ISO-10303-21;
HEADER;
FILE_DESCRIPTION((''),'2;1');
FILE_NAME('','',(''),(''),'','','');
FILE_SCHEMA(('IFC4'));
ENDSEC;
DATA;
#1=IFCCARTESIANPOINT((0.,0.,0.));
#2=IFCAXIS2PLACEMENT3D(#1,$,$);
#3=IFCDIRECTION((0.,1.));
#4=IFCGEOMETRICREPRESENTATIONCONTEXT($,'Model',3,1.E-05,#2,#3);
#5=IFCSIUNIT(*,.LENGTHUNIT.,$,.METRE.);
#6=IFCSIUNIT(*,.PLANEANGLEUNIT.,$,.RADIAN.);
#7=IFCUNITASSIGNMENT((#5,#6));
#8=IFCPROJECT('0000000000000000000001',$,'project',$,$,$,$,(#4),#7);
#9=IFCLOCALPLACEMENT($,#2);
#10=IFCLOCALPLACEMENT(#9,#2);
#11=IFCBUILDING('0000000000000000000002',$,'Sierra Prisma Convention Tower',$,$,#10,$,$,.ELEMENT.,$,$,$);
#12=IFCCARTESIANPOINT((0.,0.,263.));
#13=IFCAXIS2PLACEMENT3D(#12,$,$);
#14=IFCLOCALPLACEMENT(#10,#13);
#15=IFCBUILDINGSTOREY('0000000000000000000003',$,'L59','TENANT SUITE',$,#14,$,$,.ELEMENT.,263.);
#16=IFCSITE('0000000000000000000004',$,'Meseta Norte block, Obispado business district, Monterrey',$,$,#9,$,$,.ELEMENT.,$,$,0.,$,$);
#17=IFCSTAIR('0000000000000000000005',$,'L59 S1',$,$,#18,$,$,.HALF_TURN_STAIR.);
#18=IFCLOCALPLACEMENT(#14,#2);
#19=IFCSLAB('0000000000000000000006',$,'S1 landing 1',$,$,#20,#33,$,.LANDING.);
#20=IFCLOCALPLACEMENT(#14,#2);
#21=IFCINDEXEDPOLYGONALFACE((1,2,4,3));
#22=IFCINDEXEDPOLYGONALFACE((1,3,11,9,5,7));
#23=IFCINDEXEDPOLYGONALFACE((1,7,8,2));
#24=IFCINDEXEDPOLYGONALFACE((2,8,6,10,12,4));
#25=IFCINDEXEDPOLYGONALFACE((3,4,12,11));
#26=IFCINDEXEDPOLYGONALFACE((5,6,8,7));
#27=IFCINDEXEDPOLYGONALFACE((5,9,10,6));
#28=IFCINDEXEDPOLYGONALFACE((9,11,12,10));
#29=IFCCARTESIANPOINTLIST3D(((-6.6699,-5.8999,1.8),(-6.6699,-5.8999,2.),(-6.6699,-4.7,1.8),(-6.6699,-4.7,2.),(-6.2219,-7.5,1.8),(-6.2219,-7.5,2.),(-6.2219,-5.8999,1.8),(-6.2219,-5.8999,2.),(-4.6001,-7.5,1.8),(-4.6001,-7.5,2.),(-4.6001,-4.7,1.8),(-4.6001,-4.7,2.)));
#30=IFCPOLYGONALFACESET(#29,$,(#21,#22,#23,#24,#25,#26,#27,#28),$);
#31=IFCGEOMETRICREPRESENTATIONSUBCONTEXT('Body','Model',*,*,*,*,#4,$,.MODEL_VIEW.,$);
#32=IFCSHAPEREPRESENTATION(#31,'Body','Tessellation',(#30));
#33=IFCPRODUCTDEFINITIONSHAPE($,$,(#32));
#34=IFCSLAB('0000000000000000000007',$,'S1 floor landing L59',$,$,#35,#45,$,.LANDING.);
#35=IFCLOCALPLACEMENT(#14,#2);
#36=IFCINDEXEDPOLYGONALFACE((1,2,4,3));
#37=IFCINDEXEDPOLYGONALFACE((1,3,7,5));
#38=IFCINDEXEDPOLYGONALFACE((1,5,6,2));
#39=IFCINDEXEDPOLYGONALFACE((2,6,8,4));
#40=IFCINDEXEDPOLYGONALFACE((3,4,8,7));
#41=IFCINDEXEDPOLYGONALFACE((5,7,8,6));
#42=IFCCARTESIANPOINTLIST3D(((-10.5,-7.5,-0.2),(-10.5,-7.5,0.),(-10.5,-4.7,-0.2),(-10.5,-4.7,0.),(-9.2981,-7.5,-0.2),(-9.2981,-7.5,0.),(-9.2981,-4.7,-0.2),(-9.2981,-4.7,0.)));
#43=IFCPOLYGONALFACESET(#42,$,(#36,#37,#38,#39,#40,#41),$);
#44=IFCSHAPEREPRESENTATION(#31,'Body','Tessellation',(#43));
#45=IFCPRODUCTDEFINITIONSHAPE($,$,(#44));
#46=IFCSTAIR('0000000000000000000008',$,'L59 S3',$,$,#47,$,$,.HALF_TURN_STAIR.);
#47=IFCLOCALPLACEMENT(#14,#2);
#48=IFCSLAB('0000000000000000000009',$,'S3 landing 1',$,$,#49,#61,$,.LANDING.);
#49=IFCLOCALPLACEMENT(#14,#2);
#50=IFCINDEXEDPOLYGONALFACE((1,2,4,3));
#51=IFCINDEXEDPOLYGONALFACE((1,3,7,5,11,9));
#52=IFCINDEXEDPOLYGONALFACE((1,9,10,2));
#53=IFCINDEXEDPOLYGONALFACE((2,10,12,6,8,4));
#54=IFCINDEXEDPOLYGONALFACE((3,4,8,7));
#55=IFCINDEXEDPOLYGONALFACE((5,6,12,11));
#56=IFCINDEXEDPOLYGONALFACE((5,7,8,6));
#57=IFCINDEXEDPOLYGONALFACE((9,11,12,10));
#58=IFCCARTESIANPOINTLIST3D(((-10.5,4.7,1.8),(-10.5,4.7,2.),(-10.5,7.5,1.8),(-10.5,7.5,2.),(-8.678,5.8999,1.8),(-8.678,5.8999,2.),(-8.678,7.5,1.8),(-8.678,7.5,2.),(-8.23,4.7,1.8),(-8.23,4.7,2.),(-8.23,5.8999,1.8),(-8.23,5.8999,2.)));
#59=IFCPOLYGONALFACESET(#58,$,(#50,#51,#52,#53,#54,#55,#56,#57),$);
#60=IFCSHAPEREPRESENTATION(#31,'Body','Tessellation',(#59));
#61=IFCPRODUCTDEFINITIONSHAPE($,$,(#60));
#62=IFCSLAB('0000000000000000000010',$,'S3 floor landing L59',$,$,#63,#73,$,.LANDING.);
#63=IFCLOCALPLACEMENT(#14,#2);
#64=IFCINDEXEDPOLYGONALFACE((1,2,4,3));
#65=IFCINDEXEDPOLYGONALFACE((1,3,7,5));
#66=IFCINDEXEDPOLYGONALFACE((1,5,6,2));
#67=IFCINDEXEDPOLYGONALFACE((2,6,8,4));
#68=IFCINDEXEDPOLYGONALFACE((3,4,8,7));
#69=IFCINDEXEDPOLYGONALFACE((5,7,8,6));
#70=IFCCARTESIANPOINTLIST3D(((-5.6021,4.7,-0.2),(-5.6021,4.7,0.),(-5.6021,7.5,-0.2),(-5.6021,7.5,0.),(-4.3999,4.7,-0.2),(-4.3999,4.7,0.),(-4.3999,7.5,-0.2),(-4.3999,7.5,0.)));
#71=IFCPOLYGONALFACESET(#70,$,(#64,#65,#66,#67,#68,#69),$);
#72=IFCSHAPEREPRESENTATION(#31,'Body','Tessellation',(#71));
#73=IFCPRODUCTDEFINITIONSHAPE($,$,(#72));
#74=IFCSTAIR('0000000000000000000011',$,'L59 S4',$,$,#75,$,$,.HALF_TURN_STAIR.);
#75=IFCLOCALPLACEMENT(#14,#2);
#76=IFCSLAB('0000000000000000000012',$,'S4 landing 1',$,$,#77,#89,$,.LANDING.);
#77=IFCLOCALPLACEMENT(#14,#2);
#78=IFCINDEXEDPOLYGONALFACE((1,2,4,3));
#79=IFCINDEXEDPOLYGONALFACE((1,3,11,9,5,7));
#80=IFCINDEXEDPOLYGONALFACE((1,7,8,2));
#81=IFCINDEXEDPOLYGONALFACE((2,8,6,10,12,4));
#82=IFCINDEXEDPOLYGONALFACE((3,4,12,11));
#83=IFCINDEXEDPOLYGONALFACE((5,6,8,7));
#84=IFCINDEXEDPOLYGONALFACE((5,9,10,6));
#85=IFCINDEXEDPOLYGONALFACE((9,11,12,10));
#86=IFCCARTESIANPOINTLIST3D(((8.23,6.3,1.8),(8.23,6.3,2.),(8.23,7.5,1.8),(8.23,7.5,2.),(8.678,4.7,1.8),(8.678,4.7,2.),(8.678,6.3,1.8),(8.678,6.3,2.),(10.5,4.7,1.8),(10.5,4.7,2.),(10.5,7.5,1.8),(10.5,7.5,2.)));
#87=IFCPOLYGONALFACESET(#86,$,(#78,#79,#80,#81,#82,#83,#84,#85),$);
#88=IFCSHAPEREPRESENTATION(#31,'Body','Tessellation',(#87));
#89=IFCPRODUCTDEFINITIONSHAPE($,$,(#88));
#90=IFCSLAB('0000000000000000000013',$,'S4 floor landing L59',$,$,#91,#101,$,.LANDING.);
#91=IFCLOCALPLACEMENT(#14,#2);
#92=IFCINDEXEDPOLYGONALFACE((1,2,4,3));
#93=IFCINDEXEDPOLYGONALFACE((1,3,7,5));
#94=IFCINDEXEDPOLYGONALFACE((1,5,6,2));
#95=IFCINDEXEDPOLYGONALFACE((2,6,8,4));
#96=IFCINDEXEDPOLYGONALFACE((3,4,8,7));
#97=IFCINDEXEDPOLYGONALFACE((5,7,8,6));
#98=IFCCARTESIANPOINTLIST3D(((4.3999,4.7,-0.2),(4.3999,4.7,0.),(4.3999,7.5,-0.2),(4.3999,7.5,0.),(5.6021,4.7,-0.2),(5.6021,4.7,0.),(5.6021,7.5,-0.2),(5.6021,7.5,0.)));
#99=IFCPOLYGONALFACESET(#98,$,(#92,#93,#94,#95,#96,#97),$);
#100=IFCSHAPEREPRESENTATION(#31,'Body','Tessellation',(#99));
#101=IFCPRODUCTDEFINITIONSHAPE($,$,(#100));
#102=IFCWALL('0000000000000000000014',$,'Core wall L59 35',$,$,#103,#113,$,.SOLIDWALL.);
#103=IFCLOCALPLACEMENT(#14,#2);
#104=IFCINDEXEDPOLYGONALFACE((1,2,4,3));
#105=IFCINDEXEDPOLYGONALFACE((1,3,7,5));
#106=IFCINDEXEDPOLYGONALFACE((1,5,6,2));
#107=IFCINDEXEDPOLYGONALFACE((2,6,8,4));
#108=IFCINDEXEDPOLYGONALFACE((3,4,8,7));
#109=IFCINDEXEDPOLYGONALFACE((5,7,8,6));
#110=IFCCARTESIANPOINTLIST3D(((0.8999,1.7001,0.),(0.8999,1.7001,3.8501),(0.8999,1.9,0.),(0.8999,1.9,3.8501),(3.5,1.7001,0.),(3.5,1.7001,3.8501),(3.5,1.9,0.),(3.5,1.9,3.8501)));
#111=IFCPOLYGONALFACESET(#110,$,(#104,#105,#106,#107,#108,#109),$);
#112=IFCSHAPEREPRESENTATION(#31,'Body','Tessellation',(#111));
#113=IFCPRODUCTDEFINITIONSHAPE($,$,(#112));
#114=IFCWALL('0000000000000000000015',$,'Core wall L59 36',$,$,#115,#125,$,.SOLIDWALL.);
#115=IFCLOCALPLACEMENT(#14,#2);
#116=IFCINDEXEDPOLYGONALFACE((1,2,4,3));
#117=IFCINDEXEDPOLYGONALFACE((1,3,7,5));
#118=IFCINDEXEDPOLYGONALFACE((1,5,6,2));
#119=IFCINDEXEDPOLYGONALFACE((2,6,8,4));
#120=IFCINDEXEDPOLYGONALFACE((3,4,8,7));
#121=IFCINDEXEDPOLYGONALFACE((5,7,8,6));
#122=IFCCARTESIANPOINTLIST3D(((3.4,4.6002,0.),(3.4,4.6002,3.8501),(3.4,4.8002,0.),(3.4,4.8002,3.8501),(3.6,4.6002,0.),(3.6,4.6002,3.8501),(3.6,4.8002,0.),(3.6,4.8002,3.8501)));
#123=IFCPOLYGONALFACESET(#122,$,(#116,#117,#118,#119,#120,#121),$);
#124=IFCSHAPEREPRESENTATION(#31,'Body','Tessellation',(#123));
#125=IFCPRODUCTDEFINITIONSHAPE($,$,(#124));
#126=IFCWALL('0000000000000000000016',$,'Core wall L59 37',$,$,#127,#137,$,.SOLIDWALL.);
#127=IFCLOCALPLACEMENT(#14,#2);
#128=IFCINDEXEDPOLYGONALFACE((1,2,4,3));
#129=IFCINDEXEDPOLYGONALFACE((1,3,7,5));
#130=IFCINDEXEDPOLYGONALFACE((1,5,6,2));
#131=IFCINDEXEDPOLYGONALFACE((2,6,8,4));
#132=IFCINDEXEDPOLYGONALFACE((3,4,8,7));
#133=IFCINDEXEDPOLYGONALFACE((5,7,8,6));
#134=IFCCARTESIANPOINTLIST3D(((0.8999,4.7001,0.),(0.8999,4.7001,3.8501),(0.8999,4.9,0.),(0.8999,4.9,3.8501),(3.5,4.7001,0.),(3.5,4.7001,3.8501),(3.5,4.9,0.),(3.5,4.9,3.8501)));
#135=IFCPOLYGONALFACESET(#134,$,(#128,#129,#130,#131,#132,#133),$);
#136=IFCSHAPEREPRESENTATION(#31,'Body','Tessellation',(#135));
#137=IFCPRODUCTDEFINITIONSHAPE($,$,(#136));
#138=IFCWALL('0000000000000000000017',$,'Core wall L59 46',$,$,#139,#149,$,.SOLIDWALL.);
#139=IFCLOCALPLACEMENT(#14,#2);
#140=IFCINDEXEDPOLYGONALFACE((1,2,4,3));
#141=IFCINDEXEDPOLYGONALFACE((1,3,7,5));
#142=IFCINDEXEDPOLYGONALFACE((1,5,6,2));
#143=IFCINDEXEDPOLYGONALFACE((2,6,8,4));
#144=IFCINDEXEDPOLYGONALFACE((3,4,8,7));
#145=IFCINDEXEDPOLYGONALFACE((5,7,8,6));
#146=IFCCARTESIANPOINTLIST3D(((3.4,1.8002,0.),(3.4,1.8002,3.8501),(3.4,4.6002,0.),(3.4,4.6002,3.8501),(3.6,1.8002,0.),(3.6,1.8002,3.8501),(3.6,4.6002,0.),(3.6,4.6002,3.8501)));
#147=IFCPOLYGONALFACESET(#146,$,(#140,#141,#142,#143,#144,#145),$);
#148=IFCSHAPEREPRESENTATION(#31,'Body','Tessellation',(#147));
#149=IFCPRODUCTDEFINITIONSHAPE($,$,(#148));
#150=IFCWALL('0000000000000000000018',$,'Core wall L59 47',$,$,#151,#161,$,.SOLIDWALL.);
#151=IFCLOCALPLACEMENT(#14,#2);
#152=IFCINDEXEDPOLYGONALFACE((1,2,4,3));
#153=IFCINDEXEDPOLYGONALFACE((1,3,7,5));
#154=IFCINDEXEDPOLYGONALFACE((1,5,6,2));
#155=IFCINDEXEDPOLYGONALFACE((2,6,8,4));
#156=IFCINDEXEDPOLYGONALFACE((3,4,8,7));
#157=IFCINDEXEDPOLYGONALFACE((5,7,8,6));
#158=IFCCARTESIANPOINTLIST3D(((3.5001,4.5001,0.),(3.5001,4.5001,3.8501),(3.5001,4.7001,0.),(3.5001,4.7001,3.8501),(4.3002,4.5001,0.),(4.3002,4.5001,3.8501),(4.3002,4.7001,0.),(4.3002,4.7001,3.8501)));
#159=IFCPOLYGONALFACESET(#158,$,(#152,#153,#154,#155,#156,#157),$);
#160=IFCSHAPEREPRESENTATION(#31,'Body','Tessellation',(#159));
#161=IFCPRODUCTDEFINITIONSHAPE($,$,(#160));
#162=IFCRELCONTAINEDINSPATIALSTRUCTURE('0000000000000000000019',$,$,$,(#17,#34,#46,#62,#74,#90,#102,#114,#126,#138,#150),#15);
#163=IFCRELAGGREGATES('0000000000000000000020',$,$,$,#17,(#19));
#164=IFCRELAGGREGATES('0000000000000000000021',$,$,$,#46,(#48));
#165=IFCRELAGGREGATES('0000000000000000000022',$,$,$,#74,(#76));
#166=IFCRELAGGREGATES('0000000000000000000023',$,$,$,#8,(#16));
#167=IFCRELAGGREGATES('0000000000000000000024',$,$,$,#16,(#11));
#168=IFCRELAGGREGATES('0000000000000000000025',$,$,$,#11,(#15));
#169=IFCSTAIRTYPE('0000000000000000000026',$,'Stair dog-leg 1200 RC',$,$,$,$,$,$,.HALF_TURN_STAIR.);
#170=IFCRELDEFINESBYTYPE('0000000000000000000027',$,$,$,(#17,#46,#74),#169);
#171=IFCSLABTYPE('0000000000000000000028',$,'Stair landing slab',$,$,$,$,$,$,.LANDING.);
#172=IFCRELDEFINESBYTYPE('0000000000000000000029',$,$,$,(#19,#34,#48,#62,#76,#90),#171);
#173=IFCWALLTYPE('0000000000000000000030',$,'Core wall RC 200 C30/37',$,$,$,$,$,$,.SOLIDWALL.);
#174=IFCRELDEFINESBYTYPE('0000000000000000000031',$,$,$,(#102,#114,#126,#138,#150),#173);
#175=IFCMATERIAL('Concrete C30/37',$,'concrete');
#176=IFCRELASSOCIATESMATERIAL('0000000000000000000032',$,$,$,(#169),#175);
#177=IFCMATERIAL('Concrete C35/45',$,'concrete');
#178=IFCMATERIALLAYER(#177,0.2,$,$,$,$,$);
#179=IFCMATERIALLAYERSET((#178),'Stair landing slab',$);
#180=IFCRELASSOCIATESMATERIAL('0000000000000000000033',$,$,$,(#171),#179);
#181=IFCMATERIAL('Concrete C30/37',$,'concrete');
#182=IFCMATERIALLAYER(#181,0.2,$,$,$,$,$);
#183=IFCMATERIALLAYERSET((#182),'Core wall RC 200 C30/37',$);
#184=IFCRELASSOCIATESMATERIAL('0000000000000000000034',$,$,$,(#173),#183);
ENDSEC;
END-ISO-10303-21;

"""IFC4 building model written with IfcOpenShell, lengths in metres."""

from ifc_helpers import new_model, si_unit, direction, frame, frame_2d, origin, place, context, subcontext, project, spatial, polyline, rectangle, outline, extrude, material, layer, layer_set, type_object, element, aggregate, save


model = new_model("IFC4")

# Units and contexts
model_context = context("Model", 3, precision=1e-05, world=origin(), true_north=direction((0.0, 1.0)))
body_context = subcontext(model_context, "Body", "Model", "MODEL_VIEW")
ifc_project = project(units=[si_unit("LENGTHUNIT", "METRE"), si_unit("PLANEANGLEUNIT", "RADIAN")], contexts=[model_context])

# Site, building, storey
site_placement = place(None, origin())
site = spatial("IfcSite", under=ifc_project, at=site_placement, Name="Meseta Norte block, Obispado business district, Monterrey", CompositionType="ELEMENT", RefElevation=0.0)
building_placement = place(site_placement, origin())
building = spatial("IfcBuilding", under=site, at=building_placement, Name="Sierra Prisma Convention Tower", CompositionType="ELEMENT")
storey_placement = place(building_placement, frame((0.0, 0.0, 263.0)))
storey = spatial("IfcBuildingStorey", under=building, at=storey_placement, Name="L59", Description="TENANT SUITE", CompositionType="ELEMENT", Elevation=263.0)

# Stair, slab
ifc_material_1 = material(Name="Concrete C30/37", Category="concrete")
stair_type = type_object("IfcStairType", Name="Stair dog-leg 1200 RC", PredefinedType="HALF_TURN_STAIR", material=ifc_material_1)
stair_1_placement = place(storey_placement, origin())
stair_1 = element("IfcStair", 1, at=stair_1_placement, inside=storey, type_object=stair_type, Name="L59 S1", PredefinedType="HALF_TURN_STAIR")
ifc_material_2 = material(Name="Concrete C35/45", Category="concrete")
ifc_layer_1 = layer(ifc_material_2, 0.2)
ifc_layer_set_1 = layer_set([ifc_layer_1], Name="Stair landing slab")
slab_type = type_object("IfcSlabType", Name="Stair landing slab", PredefinedType="LANDING", material=ifc_layer_set_1)
slab_1_placement = place(storey_placement, frame((0.0, 0.0, 1.8)))
slab_1 = element("IfcSlab", 2, at=slab_1_placement, type_object=slab_type, Name="S1 landing 1", PredefinedType="LANDING", context=body_context, shape_type="SweptSolid", body=[
    extrude(outline(polyline([(-4.6001, -4.7), (-4.6001, -7.5), (-6.2219, -7.5), (-6.2219, -5.8999), (-6.6699, -5.8999), (-6.6699, -4.7), (-4.6001, -4.7)])), origin(), (0.0, 0.0, 1.0), 0.2),
])
aggregate(stair_1, [slab_1])

# Slab
slab_2_placement = place(storey_placement, frame((0.0, 0.0, -0.2)))
element("IfcSlab", 3, at=slab_2_placement, inside=storey, type_object=slab_type, Name="S1 floor landing L59", PredefinedType="LANDING", context=body_context, shape_type="SweptSolid", body=[
    extrude(outline(polyline([(-10.5, -7.5), (-9.2981, -7.5), (-9.2981, -4.7), (-10.5, -4.7), (-10.5, -7.5)])), origin(), (0.0, 0.0, 1.0), 0.2),
])

# Stair, slab
stair_2_placement = place(storey_placement, origin())
stair_2 = element("IfcStair", 4, at=stair_2_placement, inside=storey, type_object=stair_type, Name="L59 S3", PredefinedType="HALF_TURN_STAIR")
slab_3_placement = place(storey_placement, frame((0.0, 0.0, 1.8)))
slab_3 = element("IfcSlab", 5, at=slab_3_placement, type_object=slab_type, Name="S3 landing 1", PredefinedType="LANDING", context=body_context, shape_type="SweptSolid", body=[
    extrude(outline(polyline([(-8.23, 5.8999), (-8.23, 4.7), (-10.5, 4.7), (-10.5, 7.5), (-8.678, 7.5), (-8.678, 5.8999), (-8.23, 5.8999)])), origin(), (0.0, 0.0, 1.0), 0.2),
])
aggregate(stair_2, [slab_3])

# Slab
slab_4_placement = place(storey_placement, frame((0.0, 0.0, -0.2)))
element("IfcSlab", 6, at=slab_4_placement, inside=storey, type_object=slab_type, Name="S3 floor landing L59", PredefinedType="LANDING", context=body_context, shape_type="SweptSolid", body=[
    extrude(outline(polyline([(-4.3999, 7.5), (-5.6021, 7.5), (-5.6021, 4.7), (-4.3999, 4.7), (-4.3999, 7.5)])), origin(), (0.0, 0.0, 1.0), 0.2),
])

# Stair, slab
stair_3_placement = place(storey_placement, origin())
stair_3 = element("IfcStair", 7, at=stair_3_placement, inside=storey, type_object=stair_type, Name="L59 S4", PredefinedType="HALF_TURN_STAIR")
slab_5_placement = place(storey_placement, frame((0.0, 0.0, 1.8)))
slab_5 = element("IfcSlab", 8, at=slab_5_placement, type_object=slab_type, Name="S4 landing 1", PredefinedType="LANDING", context=body_context, shape_type="SweptSolid", body=[
    extrude(outline(polyline([(10.5, 7.5), (10.5, 4.7), (8.678, 4.7), (8.678, 6.3), (8.23, 6.3), (8.23, 7.5), (10.5, 7.5)])), origin(), (0.0, 0.0, 1.0), 0.2),
])

# Slab
slab_6_placement = place(storey_placement, frame((0.0, 0.0, -0.2)))
element("IfcSlab", 9, at=slab_6_placement, inside=storey, type_object=slab_type, Name="S4 floor landing L59", PredefinedType="LANDING", context=body_context, shape_type="SweptSolid", body=[
    extrude(outline(polyline([(4.3999, 4.7), (5.6021, 4.7), (5.6021, 7.5), (4.3999, 7.5), (4.3999, 4.7)])), origin(), (0.0, 0.0, 1.0), 0.2),
])

# Shared definitions
ifc_material_3 = material(Name="Concrete C30/37", Category="concrete")
ifc_layer_2 = layer(ifc_material_3, 0.2)
ifc_layer_set_2 = layer_set([ifc_layer_2], Name="Core wall RC 200 C30/37")
wall_type_1 = type_object("IfcWallType", Name="Core wall RC 200 C30/37", PredefinedType="SOLIDWALL", material=ifc_layer_set_2)

# Walls
wall_1_placement = place(storey_placement, frame((3.5, 1.8, 0.0), z_axis=(0.0, 0.0, 1.0), x_axis=(-1.0, 0.0, 0.0)))
element("IfcWall", 10, at=wall_1_placement, inside=storey, type_object=wall_type_1, Name="Core wall L59 35", PredefinedType="SOLIDWALL", context=body_context, shape_type="SweptSolid", body=[
    extrude(rectangle(XDim=2.6001, YDim=0.2, at=frame_2d((1.3, 0.0))), origin(), (0.0, 0.0, 1.0), 3.8501),
])
wall_2_placement = place(storey_placement, frame((3.5, 4.6001, 0.0), z_axis=(0.0, 0.0, 1.0), x_axis=(0.0, 1.0, 0.0)))
element("IfcWall", 11, at=wall_2_placement, inside=storey, type_object=wall_type_1, Name="Core wall L59 36", PredefinedType="SOLIDWALL", context=body_context, shape_type="SweptSolid", body=[
    extrude(rectangle(XDim=0.2, YDim=0.2, at=frame_2d((0.1001, 0.0))), origin(), (0.0, 0.0, 1.0), 3.8501),
])
wall_3_placement = place(storey_placement, frame((3.5, 4.8, 0.0), z_axis=(0.0, 0.0, 1.0), x_axis=(-1.0, 0.0, 0.0)))
element("IfcWall", 12, at=wall_3_placement, inside=storey, type_object=wall_type_1, Name="Core wall L59 37", PredefinedType="SOLIDWALL", context=body_context, shape_type="SweptSolid", body=[
    extrude(rectangle(XDim=2.6001, YDim=0.2, at=frame_2d((1.3, 0.0))), origin(), (0.0, 0.0, 1.0), 3.8501),
])

# Walls
wall_4_placement = place(storey_placement, frame((3.5, 4.6001, 0.0), z_axis=(0.0, 0.0, 1.0), x_axis=(0.0, -1.0, 0.0)))
element("IfcWall", 13, at=wall_4_placement, inside=storey, type_object=wall_type_1, Name="Core wall L59 46", PredefinedType="SOLIDWALL", context=body_context, shape_type="SweptSolid", body=[
    extrude(rectangle(XDim=2.8, YDim=0.2, at=frame_2d((1.3999, 0.0))), origin(), (0.0, 0.0, 1.0), 3.8501),
])
wall_5_placement = place(storey_placement, frame((4.3, 4.6001, 0.0), z_axis=(0.0, 0.0, 1.0), x_axis=(-1.0, 0.0, 0.0)))
element("IfcWall", 14, at=wall_5_placement, inside=storey, type_object=wall_type_1, Name="Core wall L59 47", PredefinedType="SOLIDWALL", context=body_context, shape_type="SweptSolid", body=[
    extrude(rectangle(XDim=0.8, YDim=0.2, at=frame_2d((0.3999, 0.0))), origin(), (0.0, 0.0, 1.0), 3.8501),
])

aggregate(stair_3, [slab_5])

save(model, "model.ifc")
